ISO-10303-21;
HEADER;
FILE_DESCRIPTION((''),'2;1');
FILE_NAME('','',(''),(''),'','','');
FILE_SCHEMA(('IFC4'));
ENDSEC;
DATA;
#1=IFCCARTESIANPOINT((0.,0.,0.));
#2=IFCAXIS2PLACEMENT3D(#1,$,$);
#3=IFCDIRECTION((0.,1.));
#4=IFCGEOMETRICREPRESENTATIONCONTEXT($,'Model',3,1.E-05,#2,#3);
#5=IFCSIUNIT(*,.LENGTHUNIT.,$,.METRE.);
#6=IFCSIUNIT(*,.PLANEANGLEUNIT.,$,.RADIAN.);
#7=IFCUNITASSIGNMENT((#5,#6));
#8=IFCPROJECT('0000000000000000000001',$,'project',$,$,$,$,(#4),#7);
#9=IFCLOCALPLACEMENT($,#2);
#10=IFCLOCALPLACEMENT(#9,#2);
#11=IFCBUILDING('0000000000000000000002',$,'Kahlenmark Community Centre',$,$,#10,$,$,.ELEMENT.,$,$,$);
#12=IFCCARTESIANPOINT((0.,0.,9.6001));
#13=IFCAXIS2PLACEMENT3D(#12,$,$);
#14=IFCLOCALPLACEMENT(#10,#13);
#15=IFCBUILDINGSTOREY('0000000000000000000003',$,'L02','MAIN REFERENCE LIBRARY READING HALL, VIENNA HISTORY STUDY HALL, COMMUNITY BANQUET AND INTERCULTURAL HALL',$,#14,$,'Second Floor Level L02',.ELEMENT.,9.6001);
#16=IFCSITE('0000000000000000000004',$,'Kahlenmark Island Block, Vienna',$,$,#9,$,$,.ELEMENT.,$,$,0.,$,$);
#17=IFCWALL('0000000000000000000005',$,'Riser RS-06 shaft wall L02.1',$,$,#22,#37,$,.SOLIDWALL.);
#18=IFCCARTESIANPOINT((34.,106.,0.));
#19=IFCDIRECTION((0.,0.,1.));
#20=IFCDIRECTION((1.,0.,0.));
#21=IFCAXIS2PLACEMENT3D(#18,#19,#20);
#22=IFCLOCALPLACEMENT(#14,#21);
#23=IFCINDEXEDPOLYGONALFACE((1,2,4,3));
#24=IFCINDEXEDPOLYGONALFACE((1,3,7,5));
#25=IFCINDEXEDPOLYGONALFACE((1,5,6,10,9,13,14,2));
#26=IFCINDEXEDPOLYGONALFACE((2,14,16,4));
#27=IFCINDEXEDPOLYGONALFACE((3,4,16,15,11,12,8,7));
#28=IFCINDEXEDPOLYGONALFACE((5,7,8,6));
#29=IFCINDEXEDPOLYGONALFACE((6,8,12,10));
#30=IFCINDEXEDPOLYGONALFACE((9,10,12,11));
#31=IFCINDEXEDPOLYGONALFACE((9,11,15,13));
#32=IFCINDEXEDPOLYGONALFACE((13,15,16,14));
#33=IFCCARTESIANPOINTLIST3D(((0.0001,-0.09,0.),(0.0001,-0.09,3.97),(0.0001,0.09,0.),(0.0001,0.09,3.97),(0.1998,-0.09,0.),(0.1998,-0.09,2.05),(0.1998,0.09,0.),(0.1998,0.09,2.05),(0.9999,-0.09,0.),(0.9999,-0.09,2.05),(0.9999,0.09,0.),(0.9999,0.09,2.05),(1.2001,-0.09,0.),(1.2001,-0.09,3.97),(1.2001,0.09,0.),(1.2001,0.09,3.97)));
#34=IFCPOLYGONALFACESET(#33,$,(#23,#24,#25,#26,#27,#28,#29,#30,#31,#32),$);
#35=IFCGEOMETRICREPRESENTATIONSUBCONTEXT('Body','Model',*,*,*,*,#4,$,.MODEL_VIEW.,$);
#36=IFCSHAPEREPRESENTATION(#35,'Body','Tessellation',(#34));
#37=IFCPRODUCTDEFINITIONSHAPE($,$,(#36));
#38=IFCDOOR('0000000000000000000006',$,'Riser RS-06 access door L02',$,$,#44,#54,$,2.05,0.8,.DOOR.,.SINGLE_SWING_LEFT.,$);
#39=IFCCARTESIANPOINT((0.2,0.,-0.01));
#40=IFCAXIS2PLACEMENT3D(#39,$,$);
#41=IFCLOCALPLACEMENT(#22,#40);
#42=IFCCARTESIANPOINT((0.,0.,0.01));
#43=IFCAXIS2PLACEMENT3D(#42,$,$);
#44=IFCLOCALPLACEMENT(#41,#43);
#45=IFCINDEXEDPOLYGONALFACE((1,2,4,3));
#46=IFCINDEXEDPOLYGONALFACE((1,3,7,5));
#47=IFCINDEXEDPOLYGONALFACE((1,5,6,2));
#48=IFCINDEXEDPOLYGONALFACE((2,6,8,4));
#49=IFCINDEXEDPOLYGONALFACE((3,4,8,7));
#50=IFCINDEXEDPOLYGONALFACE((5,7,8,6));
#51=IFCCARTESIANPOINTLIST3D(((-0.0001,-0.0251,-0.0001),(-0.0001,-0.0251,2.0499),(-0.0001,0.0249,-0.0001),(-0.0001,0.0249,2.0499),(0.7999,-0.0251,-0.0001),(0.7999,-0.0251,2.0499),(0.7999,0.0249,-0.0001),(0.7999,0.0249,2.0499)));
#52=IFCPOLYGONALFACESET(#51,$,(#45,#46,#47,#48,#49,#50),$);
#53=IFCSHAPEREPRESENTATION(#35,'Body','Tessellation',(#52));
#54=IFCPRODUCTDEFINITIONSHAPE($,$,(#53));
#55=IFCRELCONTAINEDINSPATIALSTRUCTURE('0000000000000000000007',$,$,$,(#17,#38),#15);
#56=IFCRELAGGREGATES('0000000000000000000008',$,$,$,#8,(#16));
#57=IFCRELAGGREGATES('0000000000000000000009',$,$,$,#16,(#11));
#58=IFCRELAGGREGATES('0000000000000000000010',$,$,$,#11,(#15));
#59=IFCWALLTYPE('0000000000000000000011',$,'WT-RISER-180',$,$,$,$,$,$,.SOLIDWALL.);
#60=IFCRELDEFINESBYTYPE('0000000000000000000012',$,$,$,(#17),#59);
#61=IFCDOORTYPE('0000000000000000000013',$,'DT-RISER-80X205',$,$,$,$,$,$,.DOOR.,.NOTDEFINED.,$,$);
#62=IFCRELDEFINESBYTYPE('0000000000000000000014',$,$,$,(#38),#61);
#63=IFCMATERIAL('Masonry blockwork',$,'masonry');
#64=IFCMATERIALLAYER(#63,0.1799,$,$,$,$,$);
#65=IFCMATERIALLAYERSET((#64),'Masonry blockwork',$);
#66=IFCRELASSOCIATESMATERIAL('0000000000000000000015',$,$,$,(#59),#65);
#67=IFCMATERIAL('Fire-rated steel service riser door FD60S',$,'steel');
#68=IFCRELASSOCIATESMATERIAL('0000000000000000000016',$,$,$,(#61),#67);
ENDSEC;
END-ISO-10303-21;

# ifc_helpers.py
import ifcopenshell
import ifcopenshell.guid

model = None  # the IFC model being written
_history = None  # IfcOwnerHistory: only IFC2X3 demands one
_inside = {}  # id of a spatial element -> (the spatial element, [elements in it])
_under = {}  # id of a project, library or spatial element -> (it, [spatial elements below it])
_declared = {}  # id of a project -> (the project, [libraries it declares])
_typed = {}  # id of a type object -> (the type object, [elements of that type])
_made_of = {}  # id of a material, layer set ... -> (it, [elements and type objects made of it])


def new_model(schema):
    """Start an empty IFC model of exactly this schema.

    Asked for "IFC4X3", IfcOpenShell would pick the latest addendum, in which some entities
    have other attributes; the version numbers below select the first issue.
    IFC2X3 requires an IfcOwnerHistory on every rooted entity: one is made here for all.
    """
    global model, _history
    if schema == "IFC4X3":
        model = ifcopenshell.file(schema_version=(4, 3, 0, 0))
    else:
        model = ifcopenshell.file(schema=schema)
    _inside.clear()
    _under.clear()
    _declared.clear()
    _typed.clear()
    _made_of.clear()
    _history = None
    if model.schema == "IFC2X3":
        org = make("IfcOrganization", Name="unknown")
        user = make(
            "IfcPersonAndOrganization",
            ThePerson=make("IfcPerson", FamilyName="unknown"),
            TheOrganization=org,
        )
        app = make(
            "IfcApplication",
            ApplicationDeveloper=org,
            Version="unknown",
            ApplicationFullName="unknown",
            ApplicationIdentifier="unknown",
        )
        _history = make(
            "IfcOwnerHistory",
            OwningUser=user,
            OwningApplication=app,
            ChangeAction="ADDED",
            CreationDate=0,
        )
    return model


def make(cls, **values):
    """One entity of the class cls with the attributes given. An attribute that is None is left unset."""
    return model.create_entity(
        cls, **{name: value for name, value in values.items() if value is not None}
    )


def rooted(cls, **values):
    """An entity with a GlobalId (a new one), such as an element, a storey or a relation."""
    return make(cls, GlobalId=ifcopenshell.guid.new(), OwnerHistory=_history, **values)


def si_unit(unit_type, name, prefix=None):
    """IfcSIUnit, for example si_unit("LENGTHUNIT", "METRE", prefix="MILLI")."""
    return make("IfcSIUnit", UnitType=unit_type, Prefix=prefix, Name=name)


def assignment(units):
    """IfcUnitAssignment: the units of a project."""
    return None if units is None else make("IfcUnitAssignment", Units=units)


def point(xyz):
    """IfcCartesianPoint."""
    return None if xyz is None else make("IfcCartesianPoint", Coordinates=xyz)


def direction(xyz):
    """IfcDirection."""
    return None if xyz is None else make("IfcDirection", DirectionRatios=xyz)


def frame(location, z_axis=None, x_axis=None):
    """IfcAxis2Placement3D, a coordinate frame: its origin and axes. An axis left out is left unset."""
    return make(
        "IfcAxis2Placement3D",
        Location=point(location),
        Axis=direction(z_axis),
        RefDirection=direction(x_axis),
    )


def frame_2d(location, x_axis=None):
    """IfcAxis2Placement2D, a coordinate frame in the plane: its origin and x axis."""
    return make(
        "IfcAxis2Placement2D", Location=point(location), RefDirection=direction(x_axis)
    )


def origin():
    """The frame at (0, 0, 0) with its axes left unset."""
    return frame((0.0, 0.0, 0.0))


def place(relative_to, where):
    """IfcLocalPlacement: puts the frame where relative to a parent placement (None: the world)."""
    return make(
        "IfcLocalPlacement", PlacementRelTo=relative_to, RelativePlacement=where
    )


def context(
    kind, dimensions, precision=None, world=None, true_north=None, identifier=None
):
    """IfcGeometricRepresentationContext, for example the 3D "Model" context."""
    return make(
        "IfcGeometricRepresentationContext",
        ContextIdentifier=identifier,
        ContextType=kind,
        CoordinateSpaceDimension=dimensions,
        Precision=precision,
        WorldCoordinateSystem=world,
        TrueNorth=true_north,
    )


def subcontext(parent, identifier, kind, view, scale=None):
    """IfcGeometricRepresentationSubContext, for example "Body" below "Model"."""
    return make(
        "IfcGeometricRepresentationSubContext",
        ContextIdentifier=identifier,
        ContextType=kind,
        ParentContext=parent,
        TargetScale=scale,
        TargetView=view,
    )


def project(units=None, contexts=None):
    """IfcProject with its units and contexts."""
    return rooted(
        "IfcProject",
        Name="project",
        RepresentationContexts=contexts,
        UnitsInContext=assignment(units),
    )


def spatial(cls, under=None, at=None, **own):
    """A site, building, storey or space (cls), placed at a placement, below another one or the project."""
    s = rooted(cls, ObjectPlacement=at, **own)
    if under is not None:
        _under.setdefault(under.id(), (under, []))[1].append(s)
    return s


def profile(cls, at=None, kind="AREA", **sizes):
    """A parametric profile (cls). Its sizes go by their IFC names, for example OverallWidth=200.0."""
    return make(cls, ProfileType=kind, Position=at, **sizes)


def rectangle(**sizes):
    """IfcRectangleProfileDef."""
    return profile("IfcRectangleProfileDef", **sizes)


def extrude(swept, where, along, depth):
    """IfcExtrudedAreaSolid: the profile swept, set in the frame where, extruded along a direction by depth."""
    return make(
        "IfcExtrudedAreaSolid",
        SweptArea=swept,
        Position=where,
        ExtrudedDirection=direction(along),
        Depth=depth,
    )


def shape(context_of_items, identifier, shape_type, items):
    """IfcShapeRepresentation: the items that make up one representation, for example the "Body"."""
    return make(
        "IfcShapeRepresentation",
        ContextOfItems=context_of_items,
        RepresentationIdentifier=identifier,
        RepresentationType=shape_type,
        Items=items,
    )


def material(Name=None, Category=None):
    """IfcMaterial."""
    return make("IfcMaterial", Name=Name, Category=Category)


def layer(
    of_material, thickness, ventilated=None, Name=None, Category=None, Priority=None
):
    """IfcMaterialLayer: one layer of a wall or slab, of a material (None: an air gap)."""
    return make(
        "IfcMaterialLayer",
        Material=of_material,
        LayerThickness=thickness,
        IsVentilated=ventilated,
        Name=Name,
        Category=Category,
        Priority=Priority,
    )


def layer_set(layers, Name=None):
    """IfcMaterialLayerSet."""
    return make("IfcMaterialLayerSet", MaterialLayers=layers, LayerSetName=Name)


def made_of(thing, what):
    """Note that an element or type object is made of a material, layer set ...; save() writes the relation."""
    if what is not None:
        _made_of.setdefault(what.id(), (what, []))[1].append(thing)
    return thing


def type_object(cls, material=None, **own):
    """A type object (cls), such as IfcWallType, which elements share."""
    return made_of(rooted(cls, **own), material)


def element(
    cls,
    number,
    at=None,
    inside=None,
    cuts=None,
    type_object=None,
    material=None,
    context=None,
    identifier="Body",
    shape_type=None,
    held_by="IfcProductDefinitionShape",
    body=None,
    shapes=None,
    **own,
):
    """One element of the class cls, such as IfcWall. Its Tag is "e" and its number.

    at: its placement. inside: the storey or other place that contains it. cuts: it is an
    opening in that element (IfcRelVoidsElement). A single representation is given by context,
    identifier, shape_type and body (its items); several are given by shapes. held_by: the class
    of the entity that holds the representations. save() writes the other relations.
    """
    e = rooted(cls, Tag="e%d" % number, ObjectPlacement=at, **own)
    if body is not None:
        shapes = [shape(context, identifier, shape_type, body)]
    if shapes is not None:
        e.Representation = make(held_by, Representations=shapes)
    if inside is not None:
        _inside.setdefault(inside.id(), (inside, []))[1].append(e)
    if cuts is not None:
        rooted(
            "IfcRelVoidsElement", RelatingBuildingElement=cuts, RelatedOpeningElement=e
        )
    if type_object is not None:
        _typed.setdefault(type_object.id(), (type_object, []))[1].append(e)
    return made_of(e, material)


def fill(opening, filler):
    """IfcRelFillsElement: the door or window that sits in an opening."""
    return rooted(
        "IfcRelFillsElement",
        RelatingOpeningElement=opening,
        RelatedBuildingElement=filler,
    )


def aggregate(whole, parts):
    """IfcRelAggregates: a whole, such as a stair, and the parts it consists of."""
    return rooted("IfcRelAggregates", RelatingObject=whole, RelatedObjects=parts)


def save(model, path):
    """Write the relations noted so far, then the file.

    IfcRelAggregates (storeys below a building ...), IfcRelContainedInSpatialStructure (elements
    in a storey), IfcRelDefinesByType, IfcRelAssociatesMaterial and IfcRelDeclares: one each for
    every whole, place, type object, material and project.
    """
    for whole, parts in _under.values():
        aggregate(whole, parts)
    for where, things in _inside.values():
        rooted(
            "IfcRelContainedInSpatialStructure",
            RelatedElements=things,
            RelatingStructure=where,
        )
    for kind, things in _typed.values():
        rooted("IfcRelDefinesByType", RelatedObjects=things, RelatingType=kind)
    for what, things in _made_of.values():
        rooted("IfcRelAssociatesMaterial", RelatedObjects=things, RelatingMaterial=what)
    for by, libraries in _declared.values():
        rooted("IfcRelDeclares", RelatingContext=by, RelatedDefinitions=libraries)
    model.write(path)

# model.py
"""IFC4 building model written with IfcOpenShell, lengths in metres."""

from ifc_helpers import new_model, si_unit, direction, frame, frame_2d, origin, place, context, subcontext, project, spatial, rectangle, extrude, material, layer, layer_set, type_object, element, fill, save


model = new_model("IFC4")

# Units and contexts
model_context = context("Model", 3, precision=1e-05, world=origin(), true_north=direction((0.0, 1.0)))
body_context = subcontext(model_context, "Body", "Model", "MODEL_VIEW")
ifc_project = project(units=[si_unit("LENGTHUNIT", "METRE"), si_unit("PLANEANGLEUNIT", "RADIAN")], contexts=[model_context])

# Site, building, storey
site_placement = place(None, origin())
site = spatial("IfcSite", under=ifc_project, at=site_placement, Name="Kahlenmark Island Block, Vienna", CompositionType="ELEMENT", RefElevation=0.0)
building_placement = place(site_placement, origin())
building = spatial("IfcBuilding", under=site, at=building_placement, Name="Kahlenmark Community Centre", CompositionType="ELEMENT")
storey_placement = place(building_placement, frame((0.0, 0.0, 9.6001)))
storey = spatial("IfcBuildingStorey", under=building, at=storey_placement, Name="L02", Description="MAIN REFERENCE LIBRARY READING HALL, VIENNA HISTORY STUDY HALL, COMMUNITY BANQUET AND INTERCULTURAL HALL", LongName="Second Floor Level L02", CompositionType="ELEMENT", Elevation=9.6001)

# Wall, opening, door
ifc_material_1 = material(Name="Masonry blockwork", Category="masonry")
ifc_layer_1 = layer(ifc_material_1, 0.1799)
ifc_layer_set_1 = layer_set([ifc_layer_1], Name="Masonry blockwork")
wall_type_1 = type_object("IfcWallType", Name="WT-RISER-180", PredefinedType="SOLIDWALL", material=ifc_layer_set_1)
wall_1_placement = place(storey_placement, frame((34.0, 106.0, 0.0), z_axis=(0.0, 0.0, 1.0), x_axis=(1.0, 0.0, 0.0)))
wall_1 = element("IfcWall", 1, at=wall_1_placement, inside=storey, type_object=wall_type_1, Name="Riser RS-06 shaft wall L02.1", PredefinedType="SOLIDWALL", context=body_context, shape_type="SweptSolid", body=[
    extrude(rectangle(XDim=1.2, YDim=0.1799, at=frame_2d((0.6001, 0.0))), origin(), (0.0, 0.0, 1.0), 3.97),
])
opening_1_placement = place(wall_1_placement, frame((0.2, 0.0, -0.01)))
opening_1 = element("IfcOpeningElement", 2, at=opening_1_placement, cuts=wall_1, PredefinedType="OPENING", context=body_context, shape_type="SweptSolid", body=[
    extrude(rectangle(XDim=0.8, YDim=2.0601, at=frame_2d((0.3999, 1.03))), frame((0.0, 0.0999, 0.0), z_axis=(0.0, -1.0, 0.0), x_axis=(1.0, 0.0, 0.0)), (0.0, 0.0, 1.0), 0.2),
])
ifc_material_2 = material(Name="Fire-rated steel service riser door FD60S", Category="steel")
door_type_1 = type_object("IfcDoorType", Name="DT-RISER-80X205", OperationType="NOTDEFINED", PredefinedType="DOOR", material=ifc_material_2)
door_1_placement = place(opening_1_placement, frame((0.0, 0.0, 0.01)))
door_1 = element("IfcDoor", 3, at=door_1_placement, inside=storey, type_object=door_type_1, Name="Riser RS-06 access door L02", OperationType="SINGLE_SWING_LEFT", OverallHeight=2.05, OverallWidth=0.8, PredefinedType="DOOR", context=body_context, shape_type="SweptSolid", body=[
    extrude(rectangle(XDim=0.8, YDim=2.05, at=frame_2d((0.3999, 1.0249))), frame((0.0, 0.0249, 0.0), z_axis=(0.0, -1.0, 0.0), x_axis=(1.0, 0.0, 0.0)), (0.0, 0.0, 1.0), 0.05),
])
fill(opening_1, door_1)

save(model, "model.ifc")
